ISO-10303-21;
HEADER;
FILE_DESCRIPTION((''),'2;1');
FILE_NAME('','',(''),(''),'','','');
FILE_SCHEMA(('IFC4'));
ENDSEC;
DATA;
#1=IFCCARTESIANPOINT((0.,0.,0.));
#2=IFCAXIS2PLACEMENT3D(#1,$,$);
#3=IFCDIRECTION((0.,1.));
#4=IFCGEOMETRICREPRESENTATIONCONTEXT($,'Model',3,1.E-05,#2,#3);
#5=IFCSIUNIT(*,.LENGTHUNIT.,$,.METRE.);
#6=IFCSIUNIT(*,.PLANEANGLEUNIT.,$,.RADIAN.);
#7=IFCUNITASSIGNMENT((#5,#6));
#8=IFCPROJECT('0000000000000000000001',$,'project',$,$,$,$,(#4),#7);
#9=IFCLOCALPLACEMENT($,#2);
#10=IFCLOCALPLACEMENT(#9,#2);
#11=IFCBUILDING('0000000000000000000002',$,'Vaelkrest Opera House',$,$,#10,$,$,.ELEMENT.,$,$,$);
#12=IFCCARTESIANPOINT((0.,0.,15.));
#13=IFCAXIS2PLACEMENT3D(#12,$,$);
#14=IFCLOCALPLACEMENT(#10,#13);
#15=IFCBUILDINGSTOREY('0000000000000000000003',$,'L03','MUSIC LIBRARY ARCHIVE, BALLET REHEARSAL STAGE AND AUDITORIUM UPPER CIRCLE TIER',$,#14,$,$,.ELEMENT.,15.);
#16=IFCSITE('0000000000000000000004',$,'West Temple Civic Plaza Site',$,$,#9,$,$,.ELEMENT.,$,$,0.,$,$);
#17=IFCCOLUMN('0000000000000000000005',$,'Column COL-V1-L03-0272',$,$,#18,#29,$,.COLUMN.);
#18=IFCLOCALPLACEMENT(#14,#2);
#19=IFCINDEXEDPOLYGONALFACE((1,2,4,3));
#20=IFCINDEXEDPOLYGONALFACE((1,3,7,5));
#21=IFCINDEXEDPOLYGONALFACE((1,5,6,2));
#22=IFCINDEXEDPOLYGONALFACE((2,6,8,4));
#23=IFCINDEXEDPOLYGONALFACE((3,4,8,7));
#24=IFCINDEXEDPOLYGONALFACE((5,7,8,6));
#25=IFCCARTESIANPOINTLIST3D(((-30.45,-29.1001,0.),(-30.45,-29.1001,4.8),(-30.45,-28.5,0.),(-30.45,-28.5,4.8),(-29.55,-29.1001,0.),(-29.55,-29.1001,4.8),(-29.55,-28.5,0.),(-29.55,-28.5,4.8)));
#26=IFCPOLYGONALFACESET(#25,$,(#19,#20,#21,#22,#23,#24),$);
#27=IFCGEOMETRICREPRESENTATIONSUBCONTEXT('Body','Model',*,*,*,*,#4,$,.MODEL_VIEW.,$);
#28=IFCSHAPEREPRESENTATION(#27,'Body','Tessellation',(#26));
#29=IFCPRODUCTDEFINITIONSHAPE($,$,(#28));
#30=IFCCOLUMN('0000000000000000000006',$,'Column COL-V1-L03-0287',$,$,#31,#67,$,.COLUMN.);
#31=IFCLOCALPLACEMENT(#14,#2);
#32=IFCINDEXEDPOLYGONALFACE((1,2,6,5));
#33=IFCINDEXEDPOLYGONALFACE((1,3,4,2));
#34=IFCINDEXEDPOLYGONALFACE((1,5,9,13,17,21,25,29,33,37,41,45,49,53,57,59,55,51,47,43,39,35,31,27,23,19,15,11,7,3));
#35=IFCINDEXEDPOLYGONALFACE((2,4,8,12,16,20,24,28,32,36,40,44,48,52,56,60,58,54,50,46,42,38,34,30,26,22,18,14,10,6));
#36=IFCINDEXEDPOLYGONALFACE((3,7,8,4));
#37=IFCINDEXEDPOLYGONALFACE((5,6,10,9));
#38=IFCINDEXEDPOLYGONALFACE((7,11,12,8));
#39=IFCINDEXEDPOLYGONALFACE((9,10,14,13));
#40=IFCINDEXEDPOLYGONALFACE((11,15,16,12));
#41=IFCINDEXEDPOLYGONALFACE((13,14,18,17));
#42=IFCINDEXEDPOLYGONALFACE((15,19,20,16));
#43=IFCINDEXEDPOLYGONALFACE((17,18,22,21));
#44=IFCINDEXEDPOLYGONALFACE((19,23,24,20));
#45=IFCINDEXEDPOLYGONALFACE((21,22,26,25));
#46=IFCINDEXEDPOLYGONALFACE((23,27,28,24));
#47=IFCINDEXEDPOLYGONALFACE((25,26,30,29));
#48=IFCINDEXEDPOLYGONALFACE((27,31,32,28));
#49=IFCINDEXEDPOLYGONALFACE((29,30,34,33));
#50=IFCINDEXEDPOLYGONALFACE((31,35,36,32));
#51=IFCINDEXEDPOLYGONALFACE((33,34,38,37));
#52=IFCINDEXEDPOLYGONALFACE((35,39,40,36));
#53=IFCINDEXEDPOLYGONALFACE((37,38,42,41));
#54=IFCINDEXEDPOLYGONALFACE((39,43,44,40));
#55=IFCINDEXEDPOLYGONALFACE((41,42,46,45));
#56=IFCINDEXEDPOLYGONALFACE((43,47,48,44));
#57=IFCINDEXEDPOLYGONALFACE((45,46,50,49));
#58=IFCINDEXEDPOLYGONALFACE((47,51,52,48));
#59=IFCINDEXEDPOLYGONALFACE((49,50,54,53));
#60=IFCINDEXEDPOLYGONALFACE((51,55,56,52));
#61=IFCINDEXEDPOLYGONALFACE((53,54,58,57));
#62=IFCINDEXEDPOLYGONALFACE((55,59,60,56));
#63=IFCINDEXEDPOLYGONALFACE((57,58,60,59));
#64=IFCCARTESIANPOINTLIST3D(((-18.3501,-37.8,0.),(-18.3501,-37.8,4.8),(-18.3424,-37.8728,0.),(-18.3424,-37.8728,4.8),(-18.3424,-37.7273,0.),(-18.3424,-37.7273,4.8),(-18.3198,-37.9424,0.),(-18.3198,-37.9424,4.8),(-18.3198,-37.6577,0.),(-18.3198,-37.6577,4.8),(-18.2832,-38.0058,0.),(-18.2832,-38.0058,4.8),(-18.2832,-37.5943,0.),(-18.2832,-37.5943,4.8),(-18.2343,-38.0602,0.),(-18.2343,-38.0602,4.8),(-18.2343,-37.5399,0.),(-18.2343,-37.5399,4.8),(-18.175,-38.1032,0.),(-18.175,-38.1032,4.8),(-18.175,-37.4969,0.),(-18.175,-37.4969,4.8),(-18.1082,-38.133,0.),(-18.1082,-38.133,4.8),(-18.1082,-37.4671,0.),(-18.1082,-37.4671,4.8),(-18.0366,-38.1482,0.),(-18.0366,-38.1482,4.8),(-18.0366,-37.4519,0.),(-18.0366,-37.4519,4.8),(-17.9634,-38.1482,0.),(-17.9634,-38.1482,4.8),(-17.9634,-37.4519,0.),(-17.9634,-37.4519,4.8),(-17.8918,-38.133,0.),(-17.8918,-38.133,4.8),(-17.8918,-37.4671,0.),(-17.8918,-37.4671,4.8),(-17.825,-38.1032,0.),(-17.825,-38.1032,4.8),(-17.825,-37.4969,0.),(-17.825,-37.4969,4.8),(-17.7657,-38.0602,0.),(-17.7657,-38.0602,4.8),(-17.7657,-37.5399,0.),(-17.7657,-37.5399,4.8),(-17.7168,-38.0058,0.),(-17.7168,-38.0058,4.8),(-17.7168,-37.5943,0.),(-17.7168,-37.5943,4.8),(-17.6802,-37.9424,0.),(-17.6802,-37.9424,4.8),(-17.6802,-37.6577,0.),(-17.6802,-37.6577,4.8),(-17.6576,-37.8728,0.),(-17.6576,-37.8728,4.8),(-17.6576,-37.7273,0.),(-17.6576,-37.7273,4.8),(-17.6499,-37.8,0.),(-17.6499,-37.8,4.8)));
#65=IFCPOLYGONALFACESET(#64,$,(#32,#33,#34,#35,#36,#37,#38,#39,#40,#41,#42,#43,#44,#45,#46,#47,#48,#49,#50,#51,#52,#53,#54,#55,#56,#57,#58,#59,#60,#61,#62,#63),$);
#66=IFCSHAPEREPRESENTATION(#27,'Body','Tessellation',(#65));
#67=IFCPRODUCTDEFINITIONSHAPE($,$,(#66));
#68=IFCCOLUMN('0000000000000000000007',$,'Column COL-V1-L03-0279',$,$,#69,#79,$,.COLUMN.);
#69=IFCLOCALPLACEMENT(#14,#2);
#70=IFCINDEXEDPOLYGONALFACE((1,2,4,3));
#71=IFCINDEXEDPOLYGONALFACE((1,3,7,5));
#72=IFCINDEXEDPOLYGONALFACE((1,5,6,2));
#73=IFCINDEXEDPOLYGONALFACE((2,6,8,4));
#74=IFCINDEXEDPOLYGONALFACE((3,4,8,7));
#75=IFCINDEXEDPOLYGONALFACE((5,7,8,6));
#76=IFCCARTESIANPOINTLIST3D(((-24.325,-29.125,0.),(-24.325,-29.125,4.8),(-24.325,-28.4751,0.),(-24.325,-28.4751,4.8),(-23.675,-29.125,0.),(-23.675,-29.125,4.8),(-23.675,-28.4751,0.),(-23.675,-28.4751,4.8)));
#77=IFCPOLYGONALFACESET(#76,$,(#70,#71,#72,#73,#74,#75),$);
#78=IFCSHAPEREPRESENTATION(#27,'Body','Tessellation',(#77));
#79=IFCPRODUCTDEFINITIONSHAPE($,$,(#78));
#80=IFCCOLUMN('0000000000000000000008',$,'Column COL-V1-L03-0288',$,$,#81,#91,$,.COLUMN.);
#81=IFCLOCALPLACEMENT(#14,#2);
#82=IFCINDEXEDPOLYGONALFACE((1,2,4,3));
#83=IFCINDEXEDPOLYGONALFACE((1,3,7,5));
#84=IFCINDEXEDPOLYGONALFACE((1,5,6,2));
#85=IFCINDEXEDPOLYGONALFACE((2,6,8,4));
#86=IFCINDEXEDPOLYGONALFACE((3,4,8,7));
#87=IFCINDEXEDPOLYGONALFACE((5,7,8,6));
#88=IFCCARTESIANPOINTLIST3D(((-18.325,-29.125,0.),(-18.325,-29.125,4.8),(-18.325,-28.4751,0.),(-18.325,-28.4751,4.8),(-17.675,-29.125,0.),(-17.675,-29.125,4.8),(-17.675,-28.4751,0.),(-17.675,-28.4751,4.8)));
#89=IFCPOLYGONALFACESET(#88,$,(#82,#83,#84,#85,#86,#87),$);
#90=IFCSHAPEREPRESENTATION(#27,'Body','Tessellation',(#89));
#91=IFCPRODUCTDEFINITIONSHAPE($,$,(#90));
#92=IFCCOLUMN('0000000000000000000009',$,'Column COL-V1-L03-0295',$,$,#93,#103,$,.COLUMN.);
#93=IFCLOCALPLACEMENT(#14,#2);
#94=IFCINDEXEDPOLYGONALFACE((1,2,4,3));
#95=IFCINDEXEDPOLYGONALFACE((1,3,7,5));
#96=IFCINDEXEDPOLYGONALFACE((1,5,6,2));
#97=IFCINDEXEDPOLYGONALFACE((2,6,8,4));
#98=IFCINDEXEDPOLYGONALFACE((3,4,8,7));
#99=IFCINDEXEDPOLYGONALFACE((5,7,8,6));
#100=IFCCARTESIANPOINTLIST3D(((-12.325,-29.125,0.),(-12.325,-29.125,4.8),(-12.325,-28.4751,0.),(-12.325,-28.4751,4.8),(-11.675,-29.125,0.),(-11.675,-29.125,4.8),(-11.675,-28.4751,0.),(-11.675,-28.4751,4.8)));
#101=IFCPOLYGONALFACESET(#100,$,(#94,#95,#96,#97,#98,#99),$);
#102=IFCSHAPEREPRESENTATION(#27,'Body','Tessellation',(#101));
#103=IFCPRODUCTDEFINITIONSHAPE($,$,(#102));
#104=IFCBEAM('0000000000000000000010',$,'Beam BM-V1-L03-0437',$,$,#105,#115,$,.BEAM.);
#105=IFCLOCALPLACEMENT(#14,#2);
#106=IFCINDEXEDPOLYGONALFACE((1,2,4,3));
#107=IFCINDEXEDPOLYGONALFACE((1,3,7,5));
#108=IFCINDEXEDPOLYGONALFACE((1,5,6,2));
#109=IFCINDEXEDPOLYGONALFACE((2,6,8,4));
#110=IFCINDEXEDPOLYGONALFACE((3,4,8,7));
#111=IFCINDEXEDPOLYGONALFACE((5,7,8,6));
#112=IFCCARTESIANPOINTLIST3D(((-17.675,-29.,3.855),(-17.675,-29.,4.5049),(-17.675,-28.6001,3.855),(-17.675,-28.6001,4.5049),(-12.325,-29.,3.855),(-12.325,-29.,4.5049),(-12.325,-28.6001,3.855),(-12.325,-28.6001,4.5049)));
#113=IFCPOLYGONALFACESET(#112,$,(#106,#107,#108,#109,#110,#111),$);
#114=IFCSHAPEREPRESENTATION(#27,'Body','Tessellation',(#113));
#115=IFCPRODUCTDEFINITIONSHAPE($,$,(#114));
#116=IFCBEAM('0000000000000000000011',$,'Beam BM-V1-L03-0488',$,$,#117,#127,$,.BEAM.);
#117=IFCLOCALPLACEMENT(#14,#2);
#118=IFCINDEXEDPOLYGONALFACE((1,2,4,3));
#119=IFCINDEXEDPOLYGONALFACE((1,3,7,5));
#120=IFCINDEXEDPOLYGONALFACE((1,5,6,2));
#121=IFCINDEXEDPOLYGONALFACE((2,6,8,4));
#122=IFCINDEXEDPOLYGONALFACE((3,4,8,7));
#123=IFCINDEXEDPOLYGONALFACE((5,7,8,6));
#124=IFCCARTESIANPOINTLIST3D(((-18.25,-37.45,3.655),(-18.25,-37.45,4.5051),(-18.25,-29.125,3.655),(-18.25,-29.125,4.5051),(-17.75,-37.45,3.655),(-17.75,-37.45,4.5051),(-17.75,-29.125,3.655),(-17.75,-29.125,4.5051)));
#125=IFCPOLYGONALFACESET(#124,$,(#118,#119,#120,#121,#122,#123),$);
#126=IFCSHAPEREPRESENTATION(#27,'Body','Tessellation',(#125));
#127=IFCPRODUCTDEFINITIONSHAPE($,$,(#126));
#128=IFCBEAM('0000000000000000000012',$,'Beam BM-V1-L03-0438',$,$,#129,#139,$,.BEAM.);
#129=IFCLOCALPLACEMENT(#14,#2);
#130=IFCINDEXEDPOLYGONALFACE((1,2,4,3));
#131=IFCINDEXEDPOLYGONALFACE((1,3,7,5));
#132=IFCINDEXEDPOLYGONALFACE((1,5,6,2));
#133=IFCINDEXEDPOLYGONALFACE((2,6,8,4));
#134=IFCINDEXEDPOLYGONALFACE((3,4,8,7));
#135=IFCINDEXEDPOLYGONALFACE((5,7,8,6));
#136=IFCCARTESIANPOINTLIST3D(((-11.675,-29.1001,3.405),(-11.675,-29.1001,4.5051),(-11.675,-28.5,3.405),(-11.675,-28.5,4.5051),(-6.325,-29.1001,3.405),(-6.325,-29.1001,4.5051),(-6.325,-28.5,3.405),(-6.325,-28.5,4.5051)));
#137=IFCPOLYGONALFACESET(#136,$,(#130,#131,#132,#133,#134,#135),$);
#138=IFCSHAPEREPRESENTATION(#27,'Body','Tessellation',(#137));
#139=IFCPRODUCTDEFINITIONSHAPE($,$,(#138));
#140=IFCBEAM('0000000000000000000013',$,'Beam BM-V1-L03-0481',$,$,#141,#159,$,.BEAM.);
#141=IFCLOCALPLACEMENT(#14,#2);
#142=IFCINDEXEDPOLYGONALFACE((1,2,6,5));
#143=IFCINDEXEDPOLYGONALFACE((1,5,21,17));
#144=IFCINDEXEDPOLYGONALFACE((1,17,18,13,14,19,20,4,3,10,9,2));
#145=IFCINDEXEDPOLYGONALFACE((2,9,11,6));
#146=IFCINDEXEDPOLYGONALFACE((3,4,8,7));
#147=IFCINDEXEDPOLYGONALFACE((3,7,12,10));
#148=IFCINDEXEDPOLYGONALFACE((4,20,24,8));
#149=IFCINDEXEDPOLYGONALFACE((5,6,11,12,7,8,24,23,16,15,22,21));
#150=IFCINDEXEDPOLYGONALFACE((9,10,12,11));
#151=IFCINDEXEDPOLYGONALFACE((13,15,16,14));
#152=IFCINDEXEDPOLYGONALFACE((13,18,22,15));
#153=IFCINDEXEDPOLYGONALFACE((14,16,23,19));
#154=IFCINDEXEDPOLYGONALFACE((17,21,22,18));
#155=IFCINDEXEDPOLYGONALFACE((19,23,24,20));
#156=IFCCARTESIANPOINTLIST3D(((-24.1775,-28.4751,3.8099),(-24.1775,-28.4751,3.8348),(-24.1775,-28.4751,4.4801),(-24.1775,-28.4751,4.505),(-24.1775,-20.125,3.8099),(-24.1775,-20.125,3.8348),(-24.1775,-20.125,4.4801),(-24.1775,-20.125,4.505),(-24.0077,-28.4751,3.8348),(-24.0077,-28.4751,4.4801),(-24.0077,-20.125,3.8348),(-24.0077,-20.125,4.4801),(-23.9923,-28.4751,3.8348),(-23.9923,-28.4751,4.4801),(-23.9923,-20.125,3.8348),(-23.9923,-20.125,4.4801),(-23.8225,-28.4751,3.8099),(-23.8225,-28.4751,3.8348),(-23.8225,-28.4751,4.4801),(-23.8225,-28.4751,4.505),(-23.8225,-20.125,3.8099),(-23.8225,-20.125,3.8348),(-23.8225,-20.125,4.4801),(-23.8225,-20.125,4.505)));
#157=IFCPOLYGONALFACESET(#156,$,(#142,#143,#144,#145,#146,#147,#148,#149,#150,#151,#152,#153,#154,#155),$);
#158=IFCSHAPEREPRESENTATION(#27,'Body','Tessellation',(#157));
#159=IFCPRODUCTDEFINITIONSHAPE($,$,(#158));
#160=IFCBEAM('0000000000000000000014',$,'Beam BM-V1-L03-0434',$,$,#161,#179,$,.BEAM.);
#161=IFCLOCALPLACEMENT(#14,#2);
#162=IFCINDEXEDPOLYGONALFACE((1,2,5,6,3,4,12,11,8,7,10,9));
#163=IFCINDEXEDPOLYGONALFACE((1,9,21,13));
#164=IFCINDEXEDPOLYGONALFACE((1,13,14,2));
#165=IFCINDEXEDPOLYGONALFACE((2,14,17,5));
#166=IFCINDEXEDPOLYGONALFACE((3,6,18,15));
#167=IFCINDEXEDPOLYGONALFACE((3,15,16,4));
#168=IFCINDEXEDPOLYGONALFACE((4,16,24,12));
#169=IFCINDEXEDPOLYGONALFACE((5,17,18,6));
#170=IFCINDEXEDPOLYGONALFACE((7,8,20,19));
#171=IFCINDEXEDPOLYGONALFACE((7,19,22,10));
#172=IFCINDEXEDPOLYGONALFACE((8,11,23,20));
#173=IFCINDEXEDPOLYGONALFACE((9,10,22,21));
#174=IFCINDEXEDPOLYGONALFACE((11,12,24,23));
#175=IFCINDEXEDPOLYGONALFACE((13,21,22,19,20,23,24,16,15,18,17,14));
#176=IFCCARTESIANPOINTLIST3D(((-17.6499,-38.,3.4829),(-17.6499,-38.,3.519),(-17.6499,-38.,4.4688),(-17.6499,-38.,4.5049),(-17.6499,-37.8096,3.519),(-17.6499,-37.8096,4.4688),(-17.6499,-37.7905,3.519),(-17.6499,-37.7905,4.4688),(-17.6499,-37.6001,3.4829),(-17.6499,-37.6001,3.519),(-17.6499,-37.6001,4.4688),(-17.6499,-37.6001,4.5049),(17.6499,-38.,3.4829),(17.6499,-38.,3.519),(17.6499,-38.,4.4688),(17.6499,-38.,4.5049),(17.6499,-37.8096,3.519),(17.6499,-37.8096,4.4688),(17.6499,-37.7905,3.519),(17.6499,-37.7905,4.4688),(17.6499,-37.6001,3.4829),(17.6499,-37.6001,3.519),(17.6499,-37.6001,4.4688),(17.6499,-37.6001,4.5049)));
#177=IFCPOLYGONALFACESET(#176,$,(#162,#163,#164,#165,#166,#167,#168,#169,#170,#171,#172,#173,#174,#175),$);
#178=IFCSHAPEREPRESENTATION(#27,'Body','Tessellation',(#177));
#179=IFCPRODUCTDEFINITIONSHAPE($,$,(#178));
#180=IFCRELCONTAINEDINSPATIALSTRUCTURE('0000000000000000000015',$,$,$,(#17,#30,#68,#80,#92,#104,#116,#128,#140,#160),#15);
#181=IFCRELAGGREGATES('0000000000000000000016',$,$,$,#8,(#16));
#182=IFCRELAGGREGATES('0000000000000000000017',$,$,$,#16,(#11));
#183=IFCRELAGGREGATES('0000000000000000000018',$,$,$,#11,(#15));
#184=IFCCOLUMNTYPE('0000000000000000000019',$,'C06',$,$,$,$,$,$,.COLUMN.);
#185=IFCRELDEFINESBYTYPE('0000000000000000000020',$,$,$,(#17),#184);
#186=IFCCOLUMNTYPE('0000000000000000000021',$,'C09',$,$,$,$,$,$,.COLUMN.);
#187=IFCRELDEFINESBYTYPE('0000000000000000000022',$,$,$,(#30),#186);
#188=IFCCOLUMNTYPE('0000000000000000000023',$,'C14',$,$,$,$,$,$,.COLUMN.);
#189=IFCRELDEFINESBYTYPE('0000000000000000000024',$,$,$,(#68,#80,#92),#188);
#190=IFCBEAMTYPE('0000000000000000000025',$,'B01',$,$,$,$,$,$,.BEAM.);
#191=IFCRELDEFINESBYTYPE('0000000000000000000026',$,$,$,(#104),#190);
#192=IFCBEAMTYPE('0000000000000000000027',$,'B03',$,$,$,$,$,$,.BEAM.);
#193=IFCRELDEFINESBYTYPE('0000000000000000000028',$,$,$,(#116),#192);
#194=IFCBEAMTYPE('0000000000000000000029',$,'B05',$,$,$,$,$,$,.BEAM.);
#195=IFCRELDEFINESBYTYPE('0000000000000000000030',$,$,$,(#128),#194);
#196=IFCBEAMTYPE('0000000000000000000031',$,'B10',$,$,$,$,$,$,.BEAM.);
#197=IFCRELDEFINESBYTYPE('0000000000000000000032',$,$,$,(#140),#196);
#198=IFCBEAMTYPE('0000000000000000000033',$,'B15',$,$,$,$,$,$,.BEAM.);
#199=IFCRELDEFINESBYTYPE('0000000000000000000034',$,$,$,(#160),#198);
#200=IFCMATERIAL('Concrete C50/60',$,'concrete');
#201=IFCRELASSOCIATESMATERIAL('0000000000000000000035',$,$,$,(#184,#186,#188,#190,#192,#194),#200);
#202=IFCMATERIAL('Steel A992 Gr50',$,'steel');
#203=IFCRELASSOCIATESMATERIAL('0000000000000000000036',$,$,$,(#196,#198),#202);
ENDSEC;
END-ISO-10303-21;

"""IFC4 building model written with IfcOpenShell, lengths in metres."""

from ifc_helpers import new_model, si_unit, direction, frame, origin, origin_2d, place, context, subcontext, project, spatial, rectangle, circle, i_section, extrude, material, material_profile, profile_set, type_object, element, save


model = new_model("IFC4")

# Units and contexts
model_context = context("Model", 3, precision=1e-05, world=origin(), true_north=direction((0.0, 1.0)))
body_context = subcontext(model_context, "Body", "Model", "MODEL_VIEW")
ifc_project = project(units=[si_unit("LENGTHUNIT", "METRE"), si_unit("PLANEANGLEUNIT", "RADIAN")], contexts=[model_context])

# Site, building, storey
site_placement = place(None, origin())
site = spatial("IfcSite", under=ifc_project, at=site_placement, Name="West Temple Civic Plaza Site", CompositionType="ELEMENT", RefElevation=0.0)
building_placement = place(site_placement, origin())
building = spatial("IfcBuilding", under=site, at=building_placement, Name="Vaelkrest Opera House", CompositionType="ELEMENT")
storey_placement = place(building_placement, frame((0.0, 0.0, 15.0)))
storey = spatial("IfcBuildingStorey", under=building, at=storey_placement, Name="L03", Description="MUSIC LIBRARY ARCHIVE, BALLET REHEARSAL STAGE AND AUDITORIUM UPPER CIRCLE TIER", CompositionType="ELEMENT", Elevation=15.0)

# Columns
ifc_material_1 = material(Name="Concrete C50/60", Category="concrete")
ifc_material_profile_1 = material_profile(ifc_material_1, rectangle(XDim=0.6001, YDim=0.8999, at=origin_2d()), Name="RC600X900")
ifc_profile_set_1 = profile_set([ifc_material_profile_1], Name="Concrete C50/60")
column_type_1 = type_object("IfcColumnType", Name="C06", PredefinedType="COLUMN", material=ifc_profile_set_1)
column_1_placement = place(storey_placement, frame((-30.0, -28.8, 0.0), z_axis=(0.0, 0.0, 1.0), x_axis=(0.0, 1.0, 0.0)))
element("IfcColumn", 1, at=column_1_placement, inside=storey, type_object=column_type_1, Name="Column COL-V1-L03-0272", PredefinedType="COLUMN", context=body_context, shape_type="SweptSolid", body=[
    extrude(rectangle(XDim=0.6001, YDim=0.8999, at=origin_2d()), origin(), (0.0, 0.0, 1.0), 4.8),
])
ifc_material_profile_2 = material_profile(ifc_material_1, circle(Radius=0.3501, at=origin_2d()), Name="RCD700")
ifc_profile_set_2 = profile_set([ifc_material_profile_2], Name="Concrete C50/60")
column_type_2 = type_object("IfcColumnType", Name="C09", PredefinedType="COLUMN", material=ifc_profile_set_2)
column_2_placement = place(storey_placement, frame((-18.0, -37.8, 0.0), z_axis=(0.0, 0.0, 1.0), x_axis=(1.0, 0.0, 0.0)))
element("IfcColumn", 2, at=column_2_placement, inside=storey, type_object=column_type_2, Name="Column COL-V1-L03-0287", PredefinedType="COLUMN", context=body_context, shape_type="SweptSolid", body=[
    extrude(circle(Radius=0.3501, at=origin_2d()), origin(), (0.0, 0.0, 1.0), 4.8),
])
ifc_material_profile_3 = material_profile(ifc_material_1, rectangle(XDim=0.6499, YDim=0.6499, at=origin_2d()), Name="RC650X650")
ifc_profile_set_3 = profile_set([ifc_material_profile_3], Name="Concrete C50/60")
column_type_3 = type_object("IfcColumnType", Name="C14", PredefinedType="COLUMN", material=ifc_profile_set_3)
for number, where, z_axis, x_axis, name in (
    (3, (-24.0, -28.8, 0.0), (0.0, 0.0, 1.0), (1.0, 0.0, 0.0), "Column COL-V1-L03-0279"),
    (4, (-18.0, -28.8, 0.0), (0.0, 0.0, 1.0), (1.0, 0.0, 0.0), "Column COL-V1-L03-0288"),
    (5, (-12.0, -28.8, 0.0), (0.0, 0.0, 1.0), (1.0, 0.0, 0.0), "Column COL-V1-L03-0295"),
):
    element("IfcColumn", number, at=place(storey_placement, frame(where, z_axis=z_axis, x_axis=x_axis)), inside=storey, type_object=column_type_3, Name=name, PredefinedType="COLUMN", context=body_context, shape_type="SweptSolid", body=[
        extrude(rectangle(XDim=0.6499, YDim=0.6499, at=origin_2d()), origin(), (0.0, 0.0, 1.0), 4.8),
    ])

# Beams
ifc_material_profile_4 = material_profile(ifc_material_1, rectangle(XDim=0.3999, YDim=0.6499, at=origin_2d()), Name="RCB400X650")
ifc_profile_set_4 = profile_set([ifc_material_profile_4], Name="Concrete C50/60")
beam_type_1 = type_object("IfcBeamType", Name="B01", PredefinedType="BEAM", material=ifc_profile_set_4)
beam_1_placement = place(storey_placement, frame((-17.675, -28.8, 4.1799), z_axis=(1.0, 0.0, 0.0), x_axis=(0.0, 1.0, 0.0)))
element("IfcBeam", 6, at=beam_1_placement, inside=storey, type_object=beam_type_1, Name="Beam BM-V1-L03-0437", PredefinedType="BEAM", context=body_context, shape_type="SweptSolid", body=[
    extrude(rectangle(XDim=0.3999, YDim=0.6499, at=origin_2d()), origin(), (0.0, 0.0, 1.0), 5.3501),
])
ifc_material_profile_5 = material_profile(ifc_material_1, rectangle(XDim=0.5, YDim=0.8501, at=origin_2d()), Name="RCB500X850")
ifc_profile_set_5 = profile_set([ifc_material_profile_5], Name="Concrete C50/60")
beam_type_2 = type_object("IfcBeamType", Name="B03", PredefinedType="BEAM", material=ifc_profile_set_5)
beam_2_placement = place(storey_placement, frame((-18.0, -37.45, 4.0801), z_axis=(0.0, 1.0, 0.0), x_axis=(-1.0, 0.0, 0.0)))
element("IfcBeam", 7, at=beam_2_placement, inside=storey, type_object=beam_type_2, Name="Beam BM-V1-L03-0488", PredefinedType="BEAM", context=body_context, shape_type="SweptSolid", body=[
    extrude(rectangle(XDim=0.5, YDim=0.8501, at=origin_2d()), origin(), (0.0, 0.0, 1.0), 8.325),
])
ifc_material_profile_6 = material_profile(ifc_material_1, rectangle(XDim=0.6001, YDim=1.1001, at=origin_2d()), Name="RCB600X1100")
ifc_profile_set_6 = profile_set([ifc_material_profile_6], Name="Concrete C50/60")
beam_type_3 = type_object("IfcBeamType", Name="B05", PredefinedType="BEAM", material=ifc_profile_set_6)
beam_3_placement = place(storey_placement, frame((-11.675, -28.8, 3.9551), z_axis=(1.0, 0.0, 0.0), x_axis=(0.0, 1.0, 0.0)))
element("IfcBeam", 8, at=beam_3_placement, inside=storey, type_object=beam_type_3, Name="Beam BM-V1-L03-0438", PredefinedType="BEAM", context=body_context, shape_type="SweptSolid", body=[
    extrude(rectangle(XDim=0.6001, YDim=1.1001, at=origin_2d()), origin(), (0.0, 0.0, 1.0), 5.3501),
])
ifc_material_2 = material(Name="Steel A992 Gr50", Category="steel")
ifc_material_profile_7 = material_profile(ifc_material_2, i_section(OverallWidth=0.355, OverallDepth=0.6951, WebThickness=0.0154, FlangeThickness=0.0249, at=origin_2d()), Name="W27X146")
ifc_profile_set_7 = profile_set([ifc_material_profile_7], Name="Steel A992 Gr50")
beam_type_4 = type_object("IfcBeamType", Name="B10", PredefinedType="BEAM", material=ifc_profile_set_7)
beam_4_placement = place(storey_placement, frame((-24.0, -28.4751, 4.1575), z_axis=(0.0, 1.0, 0.0), x_axis=(-1.0, 0.0, 0.0)))
element("IfcBeam", 9, at=beam_4_placement, inside=storey, type_object=beam_type_4, Name="Beam BM-V1-L03-0481", PredefinedType="BEAM", context=body_context, shape_type="SweptSolid", body=[
    extrude(i_section(OverallWidth=0.355, OverallDepth=0.6951, WebThickness=0.0154, FlangeThickness=0.0249, at=origin_2d()), origin(), (0.0, 0.0, 1.0), 8.3501),
])
ifc_material_profile_8 = material_profile(ifc_material_2, i_section(OverallWidth=0.3999, OverallDepth=1.022, WebThickness=0.019, FlangeThickness=0.0361, at=origin_2d()), Name="W40X249")
ifc_profile_set_8 = profile_set([ifc_material_profile_8], Name="Steel A992 Gr50")
beam_type_5 = type_object("IfcBeamType", Name="B15", PredefinedType="BEAM", material=ifc_profile_set_8)
beam_5_placement = place(storey_placement, frame((-17.6499, -37.8, 3.9939), z_axis=(1.0, 0.0, 0.0), x_axis=(0.0, 1.0, 0.0)))
element("IfcBeam", 10, at=beam_5_placement, inside=storey, type_object=beam_type_5, Name="Beam BM-V1-L03-0434", PredefinedType="BEAM", context=body_context, shape_type="SweptSolid", body=[
    extrude(i_section(OverallWidth=0.3999, OverallDepth=1.022, WebThickness=0.019, FlangeThickness=0.0361, at=origin_2d()), origin(), (0.0, 0.0, 1.0), 35.2998),
])

save(model, "model.ifc")
